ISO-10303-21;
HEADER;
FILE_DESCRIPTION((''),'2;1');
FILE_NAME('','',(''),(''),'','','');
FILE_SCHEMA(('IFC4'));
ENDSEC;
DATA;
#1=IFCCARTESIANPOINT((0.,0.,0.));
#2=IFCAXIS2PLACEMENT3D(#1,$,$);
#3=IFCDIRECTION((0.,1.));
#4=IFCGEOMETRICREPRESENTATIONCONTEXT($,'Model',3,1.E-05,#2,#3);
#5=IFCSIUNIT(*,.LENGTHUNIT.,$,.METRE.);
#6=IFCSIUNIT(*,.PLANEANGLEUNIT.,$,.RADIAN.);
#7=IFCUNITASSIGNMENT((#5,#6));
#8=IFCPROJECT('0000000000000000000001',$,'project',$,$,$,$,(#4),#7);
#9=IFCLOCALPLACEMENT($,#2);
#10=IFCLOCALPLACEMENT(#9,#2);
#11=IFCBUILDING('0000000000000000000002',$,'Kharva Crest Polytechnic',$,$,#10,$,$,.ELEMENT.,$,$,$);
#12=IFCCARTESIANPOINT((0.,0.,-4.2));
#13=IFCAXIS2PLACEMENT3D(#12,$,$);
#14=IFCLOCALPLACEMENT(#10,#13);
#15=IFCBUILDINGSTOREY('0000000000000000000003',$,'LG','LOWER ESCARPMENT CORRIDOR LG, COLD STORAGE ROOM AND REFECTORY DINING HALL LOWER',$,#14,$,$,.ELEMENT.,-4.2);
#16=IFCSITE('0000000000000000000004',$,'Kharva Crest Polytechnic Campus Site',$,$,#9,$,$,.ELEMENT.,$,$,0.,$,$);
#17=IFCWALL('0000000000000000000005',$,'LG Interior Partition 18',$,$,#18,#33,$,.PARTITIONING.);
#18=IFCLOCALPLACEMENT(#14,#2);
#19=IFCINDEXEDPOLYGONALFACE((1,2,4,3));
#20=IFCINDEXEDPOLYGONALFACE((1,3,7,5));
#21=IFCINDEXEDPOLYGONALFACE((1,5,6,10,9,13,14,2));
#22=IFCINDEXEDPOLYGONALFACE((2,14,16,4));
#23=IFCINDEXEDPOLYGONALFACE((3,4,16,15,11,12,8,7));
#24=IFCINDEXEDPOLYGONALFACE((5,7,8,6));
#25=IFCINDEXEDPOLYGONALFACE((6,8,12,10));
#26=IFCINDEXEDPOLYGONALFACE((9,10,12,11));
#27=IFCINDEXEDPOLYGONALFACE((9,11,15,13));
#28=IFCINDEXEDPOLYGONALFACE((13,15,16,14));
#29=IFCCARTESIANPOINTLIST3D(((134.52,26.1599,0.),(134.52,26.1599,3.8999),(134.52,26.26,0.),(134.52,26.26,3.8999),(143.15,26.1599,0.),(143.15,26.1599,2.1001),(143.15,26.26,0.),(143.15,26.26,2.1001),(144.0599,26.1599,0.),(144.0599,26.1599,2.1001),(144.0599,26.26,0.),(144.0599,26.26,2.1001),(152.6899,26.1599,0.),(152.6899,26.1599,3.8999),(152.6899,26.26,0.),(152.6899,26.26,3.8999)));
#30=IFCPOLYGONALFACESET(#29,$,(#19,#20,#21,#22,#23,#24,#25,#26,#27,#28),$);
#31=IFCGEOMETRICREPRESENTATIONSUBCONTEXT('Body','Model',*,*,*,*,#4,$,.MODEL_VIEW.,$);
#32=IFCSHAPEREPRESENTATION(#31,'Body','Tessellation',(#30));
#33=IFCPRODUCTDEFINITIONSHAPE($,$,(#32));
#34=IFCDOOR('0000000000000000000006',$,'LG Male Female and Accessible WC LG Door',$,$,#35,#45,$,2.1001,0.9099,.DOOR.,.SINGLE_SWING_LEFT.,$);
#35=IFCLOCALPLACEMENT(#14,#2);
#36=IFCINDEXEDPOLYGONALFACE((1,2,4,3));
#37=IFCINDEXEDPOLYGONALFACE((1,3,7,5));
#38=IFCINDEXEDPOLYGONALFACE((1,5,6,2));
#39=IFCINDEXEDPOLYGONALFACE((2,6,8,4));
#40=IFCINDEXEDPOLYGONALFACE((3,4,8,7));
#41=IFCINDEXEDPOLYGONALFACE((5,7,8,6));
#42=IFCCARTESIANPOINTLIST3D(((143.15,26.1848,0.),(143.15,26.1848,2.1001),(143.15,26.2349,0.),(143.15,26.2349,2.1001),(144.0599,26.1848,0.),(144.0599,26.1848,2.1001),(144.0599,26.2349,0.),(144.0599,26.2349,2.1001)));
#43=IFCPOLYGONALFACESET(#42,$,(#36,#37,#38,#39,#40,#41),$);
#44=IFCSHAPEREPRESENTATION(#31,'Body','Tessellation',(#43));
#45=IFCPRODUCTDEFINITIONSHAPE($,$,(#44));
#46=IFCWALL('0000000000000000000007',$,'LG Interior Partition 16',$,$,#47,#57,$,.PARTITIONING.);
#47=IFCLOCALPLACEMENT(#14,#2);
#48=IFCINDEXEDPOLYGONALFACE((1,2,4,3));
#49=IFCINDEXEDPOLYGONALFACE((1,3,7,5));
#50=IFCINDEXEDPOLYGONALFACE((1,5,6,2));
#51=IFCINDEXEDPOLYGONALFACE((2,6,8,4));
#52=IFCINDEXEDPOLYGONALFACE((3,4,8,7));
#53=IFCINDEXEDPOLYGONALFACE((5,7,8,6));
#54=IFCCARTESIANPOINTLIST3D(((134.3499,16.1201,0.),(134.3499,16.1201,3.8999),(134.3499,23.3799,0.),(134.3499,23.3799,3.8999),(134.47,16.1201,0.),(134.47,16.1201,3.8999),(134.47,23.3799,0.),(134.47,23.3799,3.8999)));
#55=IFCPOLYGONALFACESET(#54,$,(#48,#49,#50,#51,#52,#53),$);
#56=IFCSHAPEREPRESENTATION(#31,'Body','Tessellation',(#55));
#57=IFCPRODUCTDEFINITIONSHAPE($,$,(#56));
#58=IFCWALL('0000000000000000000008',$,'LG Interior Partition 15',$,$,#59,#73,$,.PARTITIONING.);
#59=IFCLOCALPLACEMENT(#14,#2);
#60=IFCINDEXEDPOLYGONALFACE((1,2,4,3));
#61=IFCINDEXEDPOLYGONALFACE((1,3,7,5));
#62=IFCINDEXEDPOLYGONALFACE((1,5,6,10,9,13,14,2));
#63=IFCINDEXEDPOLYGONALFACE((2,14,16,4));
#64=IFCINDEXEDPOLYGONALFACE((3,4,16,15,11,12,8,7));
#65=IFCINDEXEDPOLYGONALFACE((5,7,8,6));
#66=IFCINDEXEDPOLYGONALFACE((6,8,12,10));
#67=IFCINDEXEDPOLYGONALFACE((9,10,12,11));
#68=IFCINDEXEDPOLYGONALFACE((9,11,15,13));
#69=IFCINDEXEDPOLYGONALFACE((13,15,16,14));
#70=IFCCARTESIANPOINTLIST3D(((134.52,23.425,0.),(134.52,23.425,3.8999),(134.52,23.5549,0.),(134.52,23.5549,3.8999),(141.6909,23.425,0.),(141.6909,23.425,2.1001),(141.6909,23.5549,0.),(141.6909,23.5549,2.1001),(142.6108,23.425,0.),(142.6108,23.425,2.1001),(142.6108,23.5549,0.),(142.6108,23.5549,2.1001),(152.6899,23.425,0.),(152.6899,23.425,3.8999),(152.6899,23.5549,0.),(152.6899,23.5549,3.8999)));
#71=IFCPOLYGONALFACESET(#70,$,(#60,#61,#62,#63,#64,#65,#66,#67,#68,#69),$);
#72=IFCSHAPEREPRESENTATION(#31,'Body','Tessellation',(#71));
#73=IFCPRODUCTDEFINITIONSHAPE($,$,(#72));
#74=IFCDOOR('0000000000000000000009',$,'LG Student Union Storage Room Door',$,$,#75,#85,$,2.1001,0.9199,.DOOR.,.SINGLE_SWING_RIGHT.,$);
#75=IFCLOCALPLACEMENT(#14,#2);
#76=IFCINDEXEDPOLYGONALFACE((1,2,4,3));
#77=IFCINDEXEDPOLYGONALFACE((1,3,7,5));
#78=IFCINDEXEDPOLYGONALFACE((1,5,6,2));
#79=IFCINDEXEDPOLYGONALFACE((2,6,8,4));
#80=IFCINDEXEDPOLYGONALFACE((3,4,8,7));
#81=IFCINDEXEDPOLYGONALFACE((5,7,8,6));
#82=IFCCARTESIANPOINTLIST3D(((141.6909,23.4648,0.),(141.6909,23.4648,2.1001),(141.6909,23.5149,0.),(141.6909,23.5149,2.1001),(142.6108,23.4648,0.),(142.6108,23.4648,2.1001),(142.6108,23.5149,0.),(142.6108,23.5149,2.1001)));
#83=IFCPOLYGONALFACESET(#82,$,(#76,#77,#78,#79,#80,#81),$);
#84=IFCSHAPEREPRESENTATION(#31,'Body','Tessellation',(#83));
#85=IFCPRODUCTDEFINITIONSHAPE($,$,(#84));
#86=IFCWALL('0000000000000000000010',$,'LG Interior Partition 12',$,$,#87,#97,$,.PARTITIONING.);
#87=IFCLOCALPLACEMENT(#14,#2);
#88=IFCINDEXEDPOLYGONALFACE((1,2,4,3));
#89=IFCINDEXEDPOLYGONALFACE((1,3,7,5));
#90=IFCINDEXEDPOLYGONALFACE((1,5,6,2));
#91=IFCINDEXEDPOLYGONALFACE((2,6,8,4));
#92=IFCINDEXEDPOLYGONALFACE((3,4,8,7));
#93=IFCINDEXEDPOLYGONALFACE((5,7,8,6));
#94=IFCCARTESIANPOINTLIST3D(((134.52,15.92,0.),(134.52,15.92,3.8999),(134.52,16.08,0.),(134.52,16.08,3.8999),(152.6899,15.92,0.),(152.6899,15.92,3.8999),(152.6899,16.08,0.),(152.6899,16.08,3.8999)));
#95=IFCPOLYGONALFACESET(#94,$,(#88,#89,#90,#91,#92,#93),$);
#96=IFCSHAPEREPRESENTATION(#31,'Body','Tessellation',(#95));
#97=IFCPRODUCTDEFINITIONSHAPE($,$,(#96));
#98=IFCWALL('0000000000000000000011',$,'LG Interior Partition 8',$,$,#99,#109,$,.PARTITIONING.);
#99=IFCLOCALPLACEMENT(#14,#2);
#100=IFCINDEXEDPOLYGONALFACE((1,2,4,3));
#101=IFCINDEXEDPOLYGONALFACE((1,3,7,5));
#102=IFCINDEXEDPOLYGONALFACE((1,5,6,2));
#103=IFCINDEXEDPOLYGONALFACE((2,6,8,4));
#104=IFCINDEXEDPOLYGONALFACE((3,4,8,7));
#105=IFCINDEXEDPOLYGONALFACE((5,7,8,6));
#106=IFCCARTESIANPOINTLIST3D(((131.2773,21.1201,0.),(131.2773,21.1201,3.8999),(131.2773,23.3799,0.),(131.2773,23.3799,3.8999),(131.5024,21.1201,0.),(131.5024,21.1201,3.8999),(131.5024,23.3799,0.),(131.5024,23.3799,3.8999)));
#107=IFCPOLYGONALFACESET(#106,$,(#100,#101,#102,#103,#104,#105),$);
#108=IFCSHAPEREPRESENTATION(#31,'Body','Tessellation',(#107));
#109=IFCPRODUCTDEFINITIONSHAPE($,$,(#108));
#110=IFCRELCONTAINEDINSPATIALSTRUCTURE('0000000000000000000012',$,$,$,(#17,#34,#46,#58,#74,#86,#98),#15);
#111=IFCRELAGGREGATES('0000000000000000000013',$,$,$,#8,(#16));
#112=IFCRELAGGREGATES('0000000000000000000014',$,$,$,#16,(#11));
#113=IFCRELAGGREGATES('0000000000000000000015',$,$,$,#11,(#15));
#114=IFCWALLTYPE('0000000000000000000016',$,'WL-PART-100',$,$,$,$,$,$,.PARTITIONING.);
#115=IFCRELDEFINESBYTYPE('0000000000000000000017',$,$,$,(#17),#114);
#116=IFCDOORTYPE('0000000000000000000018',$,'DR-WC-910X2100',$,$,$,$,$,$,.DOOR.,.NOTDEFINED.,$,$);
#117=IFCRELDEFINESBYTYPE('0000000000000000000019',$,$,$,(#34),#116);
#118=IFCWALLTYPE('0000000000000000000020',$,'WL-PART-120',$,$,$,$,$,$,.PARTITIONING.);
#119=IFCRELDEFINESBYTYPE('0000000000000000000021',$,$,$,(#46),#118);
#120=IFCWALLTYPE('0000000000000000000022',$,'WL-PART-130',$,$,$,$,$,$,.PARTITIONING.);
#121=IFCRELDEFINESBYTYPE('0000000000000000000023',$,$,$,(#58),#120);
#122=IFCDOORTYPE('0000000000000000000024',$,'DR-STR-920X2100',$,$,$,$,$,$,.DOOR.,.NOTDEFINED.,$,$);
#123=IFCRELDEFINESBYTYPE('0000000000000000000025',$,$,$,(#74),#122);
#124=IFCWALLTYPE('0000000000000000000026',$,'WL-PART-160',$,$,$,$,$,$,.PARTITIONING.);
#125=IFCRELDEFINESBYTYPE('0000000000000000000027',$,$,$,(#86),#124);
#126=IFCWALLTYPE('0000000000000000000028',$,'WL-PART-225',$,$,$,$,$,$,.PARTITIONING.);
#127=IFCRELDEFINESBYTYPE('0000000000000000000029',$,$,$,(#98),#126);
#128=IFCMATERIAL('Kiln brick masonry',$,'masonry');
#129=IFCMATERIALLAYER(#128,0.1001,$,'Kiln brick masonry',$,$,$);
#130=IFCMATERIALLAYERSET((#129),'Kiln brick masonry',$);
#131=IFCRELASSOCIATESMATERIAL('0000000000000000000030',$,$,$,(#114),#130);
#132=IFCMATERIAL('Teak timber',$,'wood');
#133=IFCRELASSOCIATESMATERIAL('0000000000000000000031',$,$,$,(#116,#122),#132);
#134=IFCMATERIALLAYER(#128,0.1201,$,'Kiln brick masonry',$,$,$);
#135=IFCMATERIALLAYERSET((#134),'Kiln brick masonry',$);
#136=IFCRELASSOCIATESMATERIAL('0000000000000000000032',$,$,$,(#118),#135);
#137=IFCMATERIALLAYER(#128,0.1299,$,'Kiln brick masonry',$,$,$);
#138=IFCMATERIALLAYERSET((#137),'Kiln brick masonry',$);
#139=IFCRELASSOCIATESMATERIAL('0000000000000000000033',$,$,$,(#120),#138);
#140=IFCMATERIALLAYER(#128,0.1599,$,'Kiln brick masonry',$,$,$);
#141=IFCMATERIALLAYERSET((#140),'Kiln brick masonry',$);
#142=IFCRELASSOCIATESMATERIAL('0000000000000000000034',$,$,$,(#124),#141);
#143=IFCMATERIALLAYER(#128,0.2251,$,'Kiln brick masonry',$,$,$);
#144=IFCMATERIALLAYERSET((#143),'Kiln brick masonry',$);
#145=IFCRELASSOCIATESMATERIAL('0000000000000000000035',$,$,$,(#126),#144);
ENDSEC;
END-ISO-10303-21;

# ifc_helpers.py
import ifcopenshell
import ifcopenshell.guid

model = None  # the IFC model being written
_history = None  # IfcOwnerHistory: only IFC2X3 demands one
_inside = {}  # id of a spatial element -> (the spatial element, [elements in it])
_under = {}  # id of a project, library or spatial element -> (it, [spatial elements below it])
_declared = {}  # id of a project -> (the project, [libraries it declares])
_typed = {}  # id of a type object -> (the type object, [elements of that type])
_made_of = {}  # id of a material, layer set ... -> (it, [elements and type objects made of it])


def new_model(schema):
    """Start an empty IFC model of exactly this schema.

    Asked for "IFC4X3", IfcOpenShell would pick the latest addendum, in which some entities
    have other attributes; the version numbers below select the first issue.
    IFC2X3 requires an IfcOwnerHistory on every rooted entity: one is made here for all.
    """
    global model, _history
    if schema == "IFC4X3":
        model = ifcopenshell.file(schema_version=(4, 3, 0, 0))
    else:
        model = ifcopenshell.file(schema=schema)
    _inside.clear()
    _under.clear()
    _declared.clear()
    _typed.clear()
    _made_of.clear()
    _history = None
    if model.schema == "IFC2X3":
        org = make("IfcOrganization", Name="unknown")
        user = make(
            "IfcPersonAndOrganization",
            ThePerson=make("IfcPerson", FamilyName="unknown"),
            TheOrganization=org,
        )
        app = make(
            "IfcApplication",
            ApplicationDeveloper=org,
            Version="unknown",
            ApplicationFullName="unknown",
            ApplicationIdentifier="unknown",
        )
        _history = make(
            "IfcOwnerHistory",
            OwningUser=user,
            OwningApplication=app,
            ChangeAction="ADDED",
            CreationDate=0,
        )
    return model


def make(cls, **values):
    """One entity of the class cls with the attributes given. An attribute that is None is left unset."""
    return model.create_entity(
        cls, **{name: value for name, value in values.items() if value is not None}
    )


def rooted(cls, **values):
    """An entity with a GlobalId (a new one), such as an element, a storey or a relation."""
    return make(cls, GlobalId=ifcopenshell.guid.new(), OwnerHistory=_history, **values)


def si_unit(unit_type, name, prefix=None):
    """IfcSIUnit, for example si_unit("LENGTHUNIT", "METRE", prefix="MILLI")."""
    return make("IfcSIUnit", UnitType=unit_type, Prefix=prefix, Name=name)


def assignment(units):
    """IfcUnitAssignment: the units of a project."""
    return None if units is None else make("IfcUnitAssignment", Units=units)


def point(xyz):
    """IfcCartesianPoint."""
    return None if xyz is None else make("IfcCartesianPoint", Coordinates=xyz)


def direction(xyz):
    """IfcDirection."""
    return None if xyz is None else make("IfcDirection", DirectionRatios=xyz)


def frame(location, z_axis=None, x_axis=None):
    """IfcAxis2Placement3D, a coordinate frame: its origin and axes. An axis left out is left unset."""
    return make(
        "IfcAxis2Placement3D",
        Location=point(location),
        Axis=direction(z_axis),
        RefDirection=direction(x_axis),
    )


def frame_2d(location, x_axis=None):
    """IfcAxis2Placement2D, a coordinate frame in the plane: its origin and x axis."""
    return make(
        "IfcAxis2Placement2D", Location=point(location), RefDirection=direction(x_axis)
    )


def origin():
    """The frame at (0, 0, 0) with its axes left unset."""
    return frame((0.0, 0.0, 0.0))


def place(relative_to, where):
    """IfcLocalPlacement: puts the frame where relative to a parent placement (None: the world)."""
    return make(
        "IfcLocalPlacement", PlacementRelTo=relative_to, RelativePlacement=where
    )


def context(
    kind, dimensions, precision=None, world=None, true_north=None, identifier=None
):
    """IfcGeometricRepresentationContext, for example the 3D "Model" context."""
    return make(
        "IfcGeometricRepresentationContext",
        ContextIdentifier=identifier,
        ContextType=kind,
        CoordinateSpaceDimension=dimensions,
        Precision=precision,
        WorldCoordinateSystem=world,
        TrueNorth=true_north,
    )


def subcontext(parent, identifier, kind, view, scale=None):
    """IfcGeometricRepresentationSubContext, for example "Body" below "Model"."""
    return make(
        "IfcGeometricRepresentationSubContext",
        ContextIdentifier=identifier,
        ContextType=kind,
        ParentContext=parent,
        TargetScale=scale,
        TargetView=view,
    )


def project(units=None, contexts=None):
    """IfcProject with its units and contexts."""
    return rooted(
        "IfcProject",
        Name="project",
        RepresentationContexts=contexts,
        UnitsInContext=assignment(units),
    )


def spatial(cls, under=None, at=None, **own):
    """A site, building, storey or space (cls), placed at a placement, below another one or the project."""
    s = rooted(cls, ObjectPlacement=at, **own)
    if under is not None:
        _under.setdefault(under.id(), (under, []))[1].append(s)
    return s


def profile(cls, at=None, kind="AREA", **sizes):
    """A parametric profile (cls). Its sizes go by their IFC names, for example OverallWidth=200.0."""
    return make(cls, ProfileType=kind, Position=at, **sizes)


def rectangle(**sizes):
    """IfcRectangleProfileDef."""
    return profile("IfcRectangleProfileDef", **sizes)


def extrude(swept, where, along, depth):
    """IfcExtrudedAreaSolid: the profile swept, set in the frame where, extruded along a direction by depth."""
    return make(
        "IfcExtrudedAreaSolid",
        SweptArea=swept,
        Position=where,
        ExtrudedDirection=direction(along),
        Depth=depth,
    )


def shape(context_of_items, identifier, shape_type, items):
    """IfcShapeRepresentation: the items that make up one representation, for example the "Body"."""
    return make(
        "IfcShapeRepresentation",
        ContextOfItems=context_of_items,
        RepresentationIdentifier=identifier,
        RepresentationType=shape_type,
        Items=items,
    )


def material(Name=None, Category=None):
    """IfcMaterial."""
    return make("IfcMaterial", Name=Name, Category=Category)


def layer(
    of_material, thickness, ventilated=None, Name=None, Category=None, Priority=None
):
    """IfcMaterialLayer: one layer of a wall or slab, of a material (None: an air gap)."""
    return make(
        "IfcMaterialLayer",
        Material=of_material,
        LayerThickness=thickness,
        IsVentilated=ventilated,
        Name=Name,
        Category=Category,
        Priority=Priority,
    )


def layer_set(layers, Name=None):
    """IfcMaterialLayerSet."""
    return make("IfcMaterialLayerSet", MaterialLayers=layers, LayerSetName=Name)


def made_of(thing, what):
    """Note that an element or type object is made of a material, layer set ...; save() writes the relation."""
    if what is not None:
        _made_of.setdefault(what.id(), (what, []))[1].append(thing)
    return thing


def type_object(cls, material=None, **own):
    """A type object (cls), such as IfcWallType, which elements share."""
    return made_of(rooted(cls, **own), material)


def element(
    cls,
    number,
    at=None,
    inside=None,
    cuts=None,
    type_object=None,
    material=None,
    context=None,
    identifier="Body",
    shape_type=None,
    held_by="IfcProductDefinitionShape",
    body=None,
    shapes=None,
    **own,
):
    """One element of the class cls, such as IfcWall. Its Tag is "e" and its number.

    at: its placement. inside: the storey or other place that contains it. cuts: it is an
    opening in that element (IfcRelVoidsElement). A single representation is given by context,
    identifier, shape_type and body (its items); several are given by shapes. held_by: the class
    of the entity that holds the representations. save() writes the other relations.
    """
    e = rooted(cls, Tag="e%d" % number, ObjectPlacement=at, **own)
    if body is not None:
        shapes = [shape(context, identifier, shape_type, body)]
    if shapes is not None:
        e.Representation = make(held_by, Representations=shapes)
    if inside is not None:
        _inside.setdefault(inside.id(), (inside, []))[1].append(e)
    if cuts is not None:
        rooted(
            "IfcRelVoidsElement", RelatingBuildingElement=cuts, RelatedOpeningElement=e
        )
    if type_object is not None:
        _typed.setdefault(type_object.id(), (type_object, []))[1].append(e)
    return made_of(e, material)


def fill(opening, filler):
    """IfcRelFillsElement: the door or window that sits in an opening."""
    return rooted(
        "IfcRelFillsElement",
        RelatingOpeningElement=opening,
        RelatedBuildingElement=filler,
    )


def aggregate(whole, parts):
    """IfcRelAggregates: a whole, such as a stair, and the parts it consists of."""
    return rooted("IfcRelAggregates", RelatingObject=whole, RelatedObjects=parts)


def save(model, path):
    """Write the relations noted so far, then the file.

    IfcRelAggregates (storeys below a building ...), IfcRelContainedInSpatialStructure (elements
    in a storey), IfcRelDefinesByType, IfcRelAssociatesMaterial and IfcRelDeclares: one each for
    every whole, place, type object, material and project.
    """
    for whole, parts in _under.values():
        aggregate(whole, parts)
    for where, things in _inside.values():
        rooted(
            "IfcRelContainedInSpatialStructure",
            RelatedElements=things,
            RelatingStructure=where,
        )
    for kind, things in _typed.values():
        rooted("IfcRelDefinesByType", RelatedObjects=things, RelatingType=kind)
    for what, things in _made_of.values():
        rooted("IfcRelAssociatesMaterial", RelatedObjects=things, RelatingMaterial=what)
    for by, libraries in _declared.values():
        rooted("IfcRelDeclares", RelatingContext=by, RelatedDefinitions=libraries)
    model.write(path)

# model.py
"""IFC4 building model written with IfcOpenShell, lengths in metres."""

from ifc_helpers import new_model, si_unit, direction, frame, frame_2d, origin, place, context, subcontext, project, spatial, rectangle, extrude, material, layer, layer_set, type_object, element, fill, save


model = new_model("IFC4")

# Units and contexts
model_context = context("Model", 3, precision=1e-05, world=origin(), true_north=direction((0.0, 1.0)))
body_context = subcontext(model_context, "Body", "Model", "MODEL_VIEW")
ifc_project = project(units=[si_unit("LENGTHUNIT", "METRE"), si_unit("PLANEANGLEUNIT", "RADIAN")], contexts=[model_context])

# Site, building, storey
site_placement = place(None, origin())
site = spatial("IfcSite", under=ifc_project, at=site_placement, Name="Kharva Crest Polytechnic Campus Site", CompositionType="ELEMENT", RefElevation=0.0)
building_placement = place(site_placement, origin())
building = spatial("IfcBuilding", under=site, at=building_placement, Name="Kharva Crest Polytechnic", CompositionType="ELEMENT")
storey_placement = place(building_placement, frame((0.0, 0.0, -4.2)))
storey = spatial("IfcBuildingStorey", under=building, at=storey_placement, Name="LG", Description="LOWER ESCARPMENT CORRIDOR LG, COLD STORAGE ROOM AND REFECTORY DINING HALL LOWER", CompositionType="ELEMENT", Elevation=-4.2)

# Wall, opening, door
ifc_material_1 = material(Name="Kiln brick masonry", Category="masonry")
ifc_layer_1 = layer(ifc_material_1, 0.1001, Name="Kiln brick masonry")
ifc_layer_set_1 = layer_set([ifc_layer_1], Name="Kiln brick masonry")
wall_type_1 = type_object("IfcWallType", Name="WL-PART-100", PredefinedType="PARTITIONING", material=ifc_layer_set_1)
wall_1_placement = place(storey_placement, frame((134.52, 26.21, 0.0), z_axis=(0.0, 0.0, 1.0), x_axis=(1.0, 0.0, 0.0)))
wall_1 = element("IfcWall", 1, at=wall_1_placement, inside=storey, type_object=wall_type_1, Name="LG Interior Partition 18", PredefinedType="PARTITIONING", context=body_context, shape_type="SweptSolid", body=[
    extrude(rectangle(XDim=18.1699, YDim=0.1001, at=frame_2d((9.085, 0.0))), origin(), (0.0, 0.0, 1.0), 3.8999),
])
opening_1_placement = place(wall_1_placement, frame((8.6299, 0.0, 0.0)))
opening_1 = element("IfcOpeningElement", 2, at=opening_1_placement, cuts=wall_1, PredefinedType="OPENING", context=body_context, shape_type="SweptSolid", body=[
    extrude(rectangle(XDim=0.9099, YDim=2.1001, at=frame_2d((0.4551, 1.05))), frame((0.0, 0.0601, 0.0), z_axis=(0.0, -1.0, 0.0), x_axis=(1.0, 0.0, 0.0)), (0.0, 0.0, 1.0), 0.1201),
])
ifc_material_2 = material(Name="Teak timber", Category="wood")
door_type_1 = type_object("IfcDoorType", Name="DR-WC-910X2100", OperationType="NOTDEFINED", PredefinedType="DOOR", material=ifc_material_2)
door_1_placement = place(opening_1_placement, origin())
door_1 = element("IfcDoor", 3, at=door_1_placement, inside=storey, type_object=door_type_1, Name="LG Male Female and Accessible WC LG Door", OperationType="SINGLE_SWING_LEFT", OverallHeight=2.1001, OverallWidth=0.9099, PredefinedType="DOOR", context=body_context, shape_type="SweptSolid", body=[
    extrude(rectangle(XDim=0.9099, YDim=2.1001, at=frame_2d((0.4551, 1.05))), frame((0.0, 0.0249, 0.0), z_axis=(0.0, -1.0, 0.0), x_axis=(1.0, 0.0, 0.0)), (0.0, 0.0, 1.0), 0.05),
])
fill(opening_1, door_1)

# Wall
ifc_layer_2 = layer(ifc_material_1, 0.1201, Name="Kiln brick masonry")
ifc_layer_set_2 = layer_set([ifc_layer_2], Name="Kiln brick masonry")
wall_type_2 = type_object("IfcWallType", Name="WL-PART-120", PredefinedType="PARTITIONING", material=ifc_layer_set_2)
wall_2_placement = place(storey_placement, frame((134.4099, 16.1201, 0.0), z_axis=(0.0, 0.0, 1.0), x_axis=(0.0, 1.0, 0.0)))
element("IfcWall", 4, at=wall_2_placement, inside=storey, type_object=wall_type_2, Name="LG Interior Partition 16", PredefinedType="PARTITIONING", context=body_context, shape_type="SweptSolid", body=[
    extrude(rectangle(XDim=7.2598, YDim=0.1201, at=frame_2d((3.6299, 0.0))), origin(), (0.0, 0.0, 1.0), 3.8999),
])

# Wall, opening, door
ifc_layer_3 = layer(ifc_material_1, 0.1299, Name="Kiln brick masonry")
ifc_layer_set_3 = layer_set([ifc_layer_3], Name="Kiln brick masonry")
wall_type_3 = type_object("IfcWallType", Name="WL-PART-130", PredefinedType="PARTITIONING", material=ifc_layer_set_3)
wall_3_placement = place(storey_placement, frame((134.52, 23.49, 0.0), z_axis=(0.0, 0.0, 1.0), x_axis=(1.0, 0.0, 0.0)))
wall_3 = element("IfcWall", 5, at=wall_3_placement, inside=storey, type_object=wall_type_3, Name="LG Interior Partition 15", PredefinedType="PARTITIONING", context=body_context, shape_type="SweptSolid", body=[
    extrude(rectangle(XDim=18.1699, YDim=0.1299, at=frame_2d((9.085, 0.0))), origin(), (0.0, 0.0, 1.0), 3.8999),
])
opening_2_placement = place(wall_3_placement, frame((7.1709, 0.0, 0.0)))
opening_2 = element("IfcOpeningElement", 6, at=opening_2_placement, cuts=wall_3, PredefinedType="OPENING", context=body_context, shape_type="SweptSolid", body=[
    extrude(rectangle(XDim=0.9199, YDim=2.1001, at=frame_2d((0.46, 1.05))), frame((0.0, 0.075, 0.0), z_axis=(0.0, -1.0, 0.0), x_axis=(1.0, 0.0, 0.0)), (0.0, 0.0, 1.0), 0.1499),
])
door_type_2 = type_object("IfcDoorType", Name="DR-STR-920X2100", OperationType="NOTDEFINED", PredefinedType="DOOR", material=ifc_material_2)
door_2_placement = place(opening_2_placement, origin())
door_2 = element("IfcDoor", 7, at=door_2_placement, inside=storey, type_object=door_type_2, Name="LG Student Union Storage Room Door", OperationType="SINGLE_SWING_RIGHT", OverallHeight=2.1001, OverallWidth=0.9199, PredefinedType="DOOR", context=body_context, shape_type="SweptSolid", body=[
    extrude(rectangle(XDim=0.9199, YDim=2.1001, at=frame_2d((0.46, 1.05))), frame((0.0, 0.0249, 0.0), z_axis=(0.0, -1.0, 0.0), x_axis=(1.0, 0.0, 0.0)), (0.0, 0.0, 1.0), 0.05),
])
fill(opening_2, door_2)

# Walls
ifc_layer_4 = layer(ifc_material_1, 0.1599, Name="Kiln brick masonry")
ifc_layer_set_4 = layer_set([ifc_layer_4], Name="Kiln brick masonry")
wall_type_4 = type_object("IfcWallType", Name="WL-PART-160", PredefinedType="PARTITIONING", material=ifc_layer_set_4)
wall_4_placement = place(storey_placement, frame((134.52, 16.0, 0.0), z_axis=(0.0, 0.0, 1.0), x_axis=(1.0, 0.0, 0.0)))
element("IfcWall", 8, at=wall_4_placement, inside=storey, type_object=wall_type_4, Name="LG Interior Partition 12", PredefinedType="PARTITIONING", context=body_context, shape_type="SweptSolid", body=[
    extrude(rectangle(XDim=18.1699, YDim=0.1599, at=frame_2d((9.085, 0.0))), origin(), (0.0, 0.0, 1.0), 3.8999),
])
ifc_layer_5 = layer(ifc_material_1, 0.2251, Name="Kiln brick masonry")
ifc_layer_set_5 = layer_set([ifc_layer_5], Name="Kiln brick masonry")
wall_type_5 = type_object("IfcWallType", Name="WL-PART-225", PredefinedType="PARTITIONING", material=ifc_layer_set_5)
wall_5_placement = place(storey_placement, frame((131.3899, 21.1201, 0.0), z_axis=(0.0, 0.0, 1.0), x_axis=(0.0, 1.0, 0.0)))
element("IfcWall", 9, at=wall_5_placement, inside=storey, type_object=wall_type_5, Name="LG Interior Partition 8", PredefinedType="PARTITIONING", context=body_context, shape_type="SweptSolid", body=[
    extrude(rectangle(XDim=2.2598, YDim=0.2251, at=frame_2d((1.1299, 0.0))), origin(), (0.0, 0.0, 1.0), 3.8999),
])

save(model, "model.ifc")
